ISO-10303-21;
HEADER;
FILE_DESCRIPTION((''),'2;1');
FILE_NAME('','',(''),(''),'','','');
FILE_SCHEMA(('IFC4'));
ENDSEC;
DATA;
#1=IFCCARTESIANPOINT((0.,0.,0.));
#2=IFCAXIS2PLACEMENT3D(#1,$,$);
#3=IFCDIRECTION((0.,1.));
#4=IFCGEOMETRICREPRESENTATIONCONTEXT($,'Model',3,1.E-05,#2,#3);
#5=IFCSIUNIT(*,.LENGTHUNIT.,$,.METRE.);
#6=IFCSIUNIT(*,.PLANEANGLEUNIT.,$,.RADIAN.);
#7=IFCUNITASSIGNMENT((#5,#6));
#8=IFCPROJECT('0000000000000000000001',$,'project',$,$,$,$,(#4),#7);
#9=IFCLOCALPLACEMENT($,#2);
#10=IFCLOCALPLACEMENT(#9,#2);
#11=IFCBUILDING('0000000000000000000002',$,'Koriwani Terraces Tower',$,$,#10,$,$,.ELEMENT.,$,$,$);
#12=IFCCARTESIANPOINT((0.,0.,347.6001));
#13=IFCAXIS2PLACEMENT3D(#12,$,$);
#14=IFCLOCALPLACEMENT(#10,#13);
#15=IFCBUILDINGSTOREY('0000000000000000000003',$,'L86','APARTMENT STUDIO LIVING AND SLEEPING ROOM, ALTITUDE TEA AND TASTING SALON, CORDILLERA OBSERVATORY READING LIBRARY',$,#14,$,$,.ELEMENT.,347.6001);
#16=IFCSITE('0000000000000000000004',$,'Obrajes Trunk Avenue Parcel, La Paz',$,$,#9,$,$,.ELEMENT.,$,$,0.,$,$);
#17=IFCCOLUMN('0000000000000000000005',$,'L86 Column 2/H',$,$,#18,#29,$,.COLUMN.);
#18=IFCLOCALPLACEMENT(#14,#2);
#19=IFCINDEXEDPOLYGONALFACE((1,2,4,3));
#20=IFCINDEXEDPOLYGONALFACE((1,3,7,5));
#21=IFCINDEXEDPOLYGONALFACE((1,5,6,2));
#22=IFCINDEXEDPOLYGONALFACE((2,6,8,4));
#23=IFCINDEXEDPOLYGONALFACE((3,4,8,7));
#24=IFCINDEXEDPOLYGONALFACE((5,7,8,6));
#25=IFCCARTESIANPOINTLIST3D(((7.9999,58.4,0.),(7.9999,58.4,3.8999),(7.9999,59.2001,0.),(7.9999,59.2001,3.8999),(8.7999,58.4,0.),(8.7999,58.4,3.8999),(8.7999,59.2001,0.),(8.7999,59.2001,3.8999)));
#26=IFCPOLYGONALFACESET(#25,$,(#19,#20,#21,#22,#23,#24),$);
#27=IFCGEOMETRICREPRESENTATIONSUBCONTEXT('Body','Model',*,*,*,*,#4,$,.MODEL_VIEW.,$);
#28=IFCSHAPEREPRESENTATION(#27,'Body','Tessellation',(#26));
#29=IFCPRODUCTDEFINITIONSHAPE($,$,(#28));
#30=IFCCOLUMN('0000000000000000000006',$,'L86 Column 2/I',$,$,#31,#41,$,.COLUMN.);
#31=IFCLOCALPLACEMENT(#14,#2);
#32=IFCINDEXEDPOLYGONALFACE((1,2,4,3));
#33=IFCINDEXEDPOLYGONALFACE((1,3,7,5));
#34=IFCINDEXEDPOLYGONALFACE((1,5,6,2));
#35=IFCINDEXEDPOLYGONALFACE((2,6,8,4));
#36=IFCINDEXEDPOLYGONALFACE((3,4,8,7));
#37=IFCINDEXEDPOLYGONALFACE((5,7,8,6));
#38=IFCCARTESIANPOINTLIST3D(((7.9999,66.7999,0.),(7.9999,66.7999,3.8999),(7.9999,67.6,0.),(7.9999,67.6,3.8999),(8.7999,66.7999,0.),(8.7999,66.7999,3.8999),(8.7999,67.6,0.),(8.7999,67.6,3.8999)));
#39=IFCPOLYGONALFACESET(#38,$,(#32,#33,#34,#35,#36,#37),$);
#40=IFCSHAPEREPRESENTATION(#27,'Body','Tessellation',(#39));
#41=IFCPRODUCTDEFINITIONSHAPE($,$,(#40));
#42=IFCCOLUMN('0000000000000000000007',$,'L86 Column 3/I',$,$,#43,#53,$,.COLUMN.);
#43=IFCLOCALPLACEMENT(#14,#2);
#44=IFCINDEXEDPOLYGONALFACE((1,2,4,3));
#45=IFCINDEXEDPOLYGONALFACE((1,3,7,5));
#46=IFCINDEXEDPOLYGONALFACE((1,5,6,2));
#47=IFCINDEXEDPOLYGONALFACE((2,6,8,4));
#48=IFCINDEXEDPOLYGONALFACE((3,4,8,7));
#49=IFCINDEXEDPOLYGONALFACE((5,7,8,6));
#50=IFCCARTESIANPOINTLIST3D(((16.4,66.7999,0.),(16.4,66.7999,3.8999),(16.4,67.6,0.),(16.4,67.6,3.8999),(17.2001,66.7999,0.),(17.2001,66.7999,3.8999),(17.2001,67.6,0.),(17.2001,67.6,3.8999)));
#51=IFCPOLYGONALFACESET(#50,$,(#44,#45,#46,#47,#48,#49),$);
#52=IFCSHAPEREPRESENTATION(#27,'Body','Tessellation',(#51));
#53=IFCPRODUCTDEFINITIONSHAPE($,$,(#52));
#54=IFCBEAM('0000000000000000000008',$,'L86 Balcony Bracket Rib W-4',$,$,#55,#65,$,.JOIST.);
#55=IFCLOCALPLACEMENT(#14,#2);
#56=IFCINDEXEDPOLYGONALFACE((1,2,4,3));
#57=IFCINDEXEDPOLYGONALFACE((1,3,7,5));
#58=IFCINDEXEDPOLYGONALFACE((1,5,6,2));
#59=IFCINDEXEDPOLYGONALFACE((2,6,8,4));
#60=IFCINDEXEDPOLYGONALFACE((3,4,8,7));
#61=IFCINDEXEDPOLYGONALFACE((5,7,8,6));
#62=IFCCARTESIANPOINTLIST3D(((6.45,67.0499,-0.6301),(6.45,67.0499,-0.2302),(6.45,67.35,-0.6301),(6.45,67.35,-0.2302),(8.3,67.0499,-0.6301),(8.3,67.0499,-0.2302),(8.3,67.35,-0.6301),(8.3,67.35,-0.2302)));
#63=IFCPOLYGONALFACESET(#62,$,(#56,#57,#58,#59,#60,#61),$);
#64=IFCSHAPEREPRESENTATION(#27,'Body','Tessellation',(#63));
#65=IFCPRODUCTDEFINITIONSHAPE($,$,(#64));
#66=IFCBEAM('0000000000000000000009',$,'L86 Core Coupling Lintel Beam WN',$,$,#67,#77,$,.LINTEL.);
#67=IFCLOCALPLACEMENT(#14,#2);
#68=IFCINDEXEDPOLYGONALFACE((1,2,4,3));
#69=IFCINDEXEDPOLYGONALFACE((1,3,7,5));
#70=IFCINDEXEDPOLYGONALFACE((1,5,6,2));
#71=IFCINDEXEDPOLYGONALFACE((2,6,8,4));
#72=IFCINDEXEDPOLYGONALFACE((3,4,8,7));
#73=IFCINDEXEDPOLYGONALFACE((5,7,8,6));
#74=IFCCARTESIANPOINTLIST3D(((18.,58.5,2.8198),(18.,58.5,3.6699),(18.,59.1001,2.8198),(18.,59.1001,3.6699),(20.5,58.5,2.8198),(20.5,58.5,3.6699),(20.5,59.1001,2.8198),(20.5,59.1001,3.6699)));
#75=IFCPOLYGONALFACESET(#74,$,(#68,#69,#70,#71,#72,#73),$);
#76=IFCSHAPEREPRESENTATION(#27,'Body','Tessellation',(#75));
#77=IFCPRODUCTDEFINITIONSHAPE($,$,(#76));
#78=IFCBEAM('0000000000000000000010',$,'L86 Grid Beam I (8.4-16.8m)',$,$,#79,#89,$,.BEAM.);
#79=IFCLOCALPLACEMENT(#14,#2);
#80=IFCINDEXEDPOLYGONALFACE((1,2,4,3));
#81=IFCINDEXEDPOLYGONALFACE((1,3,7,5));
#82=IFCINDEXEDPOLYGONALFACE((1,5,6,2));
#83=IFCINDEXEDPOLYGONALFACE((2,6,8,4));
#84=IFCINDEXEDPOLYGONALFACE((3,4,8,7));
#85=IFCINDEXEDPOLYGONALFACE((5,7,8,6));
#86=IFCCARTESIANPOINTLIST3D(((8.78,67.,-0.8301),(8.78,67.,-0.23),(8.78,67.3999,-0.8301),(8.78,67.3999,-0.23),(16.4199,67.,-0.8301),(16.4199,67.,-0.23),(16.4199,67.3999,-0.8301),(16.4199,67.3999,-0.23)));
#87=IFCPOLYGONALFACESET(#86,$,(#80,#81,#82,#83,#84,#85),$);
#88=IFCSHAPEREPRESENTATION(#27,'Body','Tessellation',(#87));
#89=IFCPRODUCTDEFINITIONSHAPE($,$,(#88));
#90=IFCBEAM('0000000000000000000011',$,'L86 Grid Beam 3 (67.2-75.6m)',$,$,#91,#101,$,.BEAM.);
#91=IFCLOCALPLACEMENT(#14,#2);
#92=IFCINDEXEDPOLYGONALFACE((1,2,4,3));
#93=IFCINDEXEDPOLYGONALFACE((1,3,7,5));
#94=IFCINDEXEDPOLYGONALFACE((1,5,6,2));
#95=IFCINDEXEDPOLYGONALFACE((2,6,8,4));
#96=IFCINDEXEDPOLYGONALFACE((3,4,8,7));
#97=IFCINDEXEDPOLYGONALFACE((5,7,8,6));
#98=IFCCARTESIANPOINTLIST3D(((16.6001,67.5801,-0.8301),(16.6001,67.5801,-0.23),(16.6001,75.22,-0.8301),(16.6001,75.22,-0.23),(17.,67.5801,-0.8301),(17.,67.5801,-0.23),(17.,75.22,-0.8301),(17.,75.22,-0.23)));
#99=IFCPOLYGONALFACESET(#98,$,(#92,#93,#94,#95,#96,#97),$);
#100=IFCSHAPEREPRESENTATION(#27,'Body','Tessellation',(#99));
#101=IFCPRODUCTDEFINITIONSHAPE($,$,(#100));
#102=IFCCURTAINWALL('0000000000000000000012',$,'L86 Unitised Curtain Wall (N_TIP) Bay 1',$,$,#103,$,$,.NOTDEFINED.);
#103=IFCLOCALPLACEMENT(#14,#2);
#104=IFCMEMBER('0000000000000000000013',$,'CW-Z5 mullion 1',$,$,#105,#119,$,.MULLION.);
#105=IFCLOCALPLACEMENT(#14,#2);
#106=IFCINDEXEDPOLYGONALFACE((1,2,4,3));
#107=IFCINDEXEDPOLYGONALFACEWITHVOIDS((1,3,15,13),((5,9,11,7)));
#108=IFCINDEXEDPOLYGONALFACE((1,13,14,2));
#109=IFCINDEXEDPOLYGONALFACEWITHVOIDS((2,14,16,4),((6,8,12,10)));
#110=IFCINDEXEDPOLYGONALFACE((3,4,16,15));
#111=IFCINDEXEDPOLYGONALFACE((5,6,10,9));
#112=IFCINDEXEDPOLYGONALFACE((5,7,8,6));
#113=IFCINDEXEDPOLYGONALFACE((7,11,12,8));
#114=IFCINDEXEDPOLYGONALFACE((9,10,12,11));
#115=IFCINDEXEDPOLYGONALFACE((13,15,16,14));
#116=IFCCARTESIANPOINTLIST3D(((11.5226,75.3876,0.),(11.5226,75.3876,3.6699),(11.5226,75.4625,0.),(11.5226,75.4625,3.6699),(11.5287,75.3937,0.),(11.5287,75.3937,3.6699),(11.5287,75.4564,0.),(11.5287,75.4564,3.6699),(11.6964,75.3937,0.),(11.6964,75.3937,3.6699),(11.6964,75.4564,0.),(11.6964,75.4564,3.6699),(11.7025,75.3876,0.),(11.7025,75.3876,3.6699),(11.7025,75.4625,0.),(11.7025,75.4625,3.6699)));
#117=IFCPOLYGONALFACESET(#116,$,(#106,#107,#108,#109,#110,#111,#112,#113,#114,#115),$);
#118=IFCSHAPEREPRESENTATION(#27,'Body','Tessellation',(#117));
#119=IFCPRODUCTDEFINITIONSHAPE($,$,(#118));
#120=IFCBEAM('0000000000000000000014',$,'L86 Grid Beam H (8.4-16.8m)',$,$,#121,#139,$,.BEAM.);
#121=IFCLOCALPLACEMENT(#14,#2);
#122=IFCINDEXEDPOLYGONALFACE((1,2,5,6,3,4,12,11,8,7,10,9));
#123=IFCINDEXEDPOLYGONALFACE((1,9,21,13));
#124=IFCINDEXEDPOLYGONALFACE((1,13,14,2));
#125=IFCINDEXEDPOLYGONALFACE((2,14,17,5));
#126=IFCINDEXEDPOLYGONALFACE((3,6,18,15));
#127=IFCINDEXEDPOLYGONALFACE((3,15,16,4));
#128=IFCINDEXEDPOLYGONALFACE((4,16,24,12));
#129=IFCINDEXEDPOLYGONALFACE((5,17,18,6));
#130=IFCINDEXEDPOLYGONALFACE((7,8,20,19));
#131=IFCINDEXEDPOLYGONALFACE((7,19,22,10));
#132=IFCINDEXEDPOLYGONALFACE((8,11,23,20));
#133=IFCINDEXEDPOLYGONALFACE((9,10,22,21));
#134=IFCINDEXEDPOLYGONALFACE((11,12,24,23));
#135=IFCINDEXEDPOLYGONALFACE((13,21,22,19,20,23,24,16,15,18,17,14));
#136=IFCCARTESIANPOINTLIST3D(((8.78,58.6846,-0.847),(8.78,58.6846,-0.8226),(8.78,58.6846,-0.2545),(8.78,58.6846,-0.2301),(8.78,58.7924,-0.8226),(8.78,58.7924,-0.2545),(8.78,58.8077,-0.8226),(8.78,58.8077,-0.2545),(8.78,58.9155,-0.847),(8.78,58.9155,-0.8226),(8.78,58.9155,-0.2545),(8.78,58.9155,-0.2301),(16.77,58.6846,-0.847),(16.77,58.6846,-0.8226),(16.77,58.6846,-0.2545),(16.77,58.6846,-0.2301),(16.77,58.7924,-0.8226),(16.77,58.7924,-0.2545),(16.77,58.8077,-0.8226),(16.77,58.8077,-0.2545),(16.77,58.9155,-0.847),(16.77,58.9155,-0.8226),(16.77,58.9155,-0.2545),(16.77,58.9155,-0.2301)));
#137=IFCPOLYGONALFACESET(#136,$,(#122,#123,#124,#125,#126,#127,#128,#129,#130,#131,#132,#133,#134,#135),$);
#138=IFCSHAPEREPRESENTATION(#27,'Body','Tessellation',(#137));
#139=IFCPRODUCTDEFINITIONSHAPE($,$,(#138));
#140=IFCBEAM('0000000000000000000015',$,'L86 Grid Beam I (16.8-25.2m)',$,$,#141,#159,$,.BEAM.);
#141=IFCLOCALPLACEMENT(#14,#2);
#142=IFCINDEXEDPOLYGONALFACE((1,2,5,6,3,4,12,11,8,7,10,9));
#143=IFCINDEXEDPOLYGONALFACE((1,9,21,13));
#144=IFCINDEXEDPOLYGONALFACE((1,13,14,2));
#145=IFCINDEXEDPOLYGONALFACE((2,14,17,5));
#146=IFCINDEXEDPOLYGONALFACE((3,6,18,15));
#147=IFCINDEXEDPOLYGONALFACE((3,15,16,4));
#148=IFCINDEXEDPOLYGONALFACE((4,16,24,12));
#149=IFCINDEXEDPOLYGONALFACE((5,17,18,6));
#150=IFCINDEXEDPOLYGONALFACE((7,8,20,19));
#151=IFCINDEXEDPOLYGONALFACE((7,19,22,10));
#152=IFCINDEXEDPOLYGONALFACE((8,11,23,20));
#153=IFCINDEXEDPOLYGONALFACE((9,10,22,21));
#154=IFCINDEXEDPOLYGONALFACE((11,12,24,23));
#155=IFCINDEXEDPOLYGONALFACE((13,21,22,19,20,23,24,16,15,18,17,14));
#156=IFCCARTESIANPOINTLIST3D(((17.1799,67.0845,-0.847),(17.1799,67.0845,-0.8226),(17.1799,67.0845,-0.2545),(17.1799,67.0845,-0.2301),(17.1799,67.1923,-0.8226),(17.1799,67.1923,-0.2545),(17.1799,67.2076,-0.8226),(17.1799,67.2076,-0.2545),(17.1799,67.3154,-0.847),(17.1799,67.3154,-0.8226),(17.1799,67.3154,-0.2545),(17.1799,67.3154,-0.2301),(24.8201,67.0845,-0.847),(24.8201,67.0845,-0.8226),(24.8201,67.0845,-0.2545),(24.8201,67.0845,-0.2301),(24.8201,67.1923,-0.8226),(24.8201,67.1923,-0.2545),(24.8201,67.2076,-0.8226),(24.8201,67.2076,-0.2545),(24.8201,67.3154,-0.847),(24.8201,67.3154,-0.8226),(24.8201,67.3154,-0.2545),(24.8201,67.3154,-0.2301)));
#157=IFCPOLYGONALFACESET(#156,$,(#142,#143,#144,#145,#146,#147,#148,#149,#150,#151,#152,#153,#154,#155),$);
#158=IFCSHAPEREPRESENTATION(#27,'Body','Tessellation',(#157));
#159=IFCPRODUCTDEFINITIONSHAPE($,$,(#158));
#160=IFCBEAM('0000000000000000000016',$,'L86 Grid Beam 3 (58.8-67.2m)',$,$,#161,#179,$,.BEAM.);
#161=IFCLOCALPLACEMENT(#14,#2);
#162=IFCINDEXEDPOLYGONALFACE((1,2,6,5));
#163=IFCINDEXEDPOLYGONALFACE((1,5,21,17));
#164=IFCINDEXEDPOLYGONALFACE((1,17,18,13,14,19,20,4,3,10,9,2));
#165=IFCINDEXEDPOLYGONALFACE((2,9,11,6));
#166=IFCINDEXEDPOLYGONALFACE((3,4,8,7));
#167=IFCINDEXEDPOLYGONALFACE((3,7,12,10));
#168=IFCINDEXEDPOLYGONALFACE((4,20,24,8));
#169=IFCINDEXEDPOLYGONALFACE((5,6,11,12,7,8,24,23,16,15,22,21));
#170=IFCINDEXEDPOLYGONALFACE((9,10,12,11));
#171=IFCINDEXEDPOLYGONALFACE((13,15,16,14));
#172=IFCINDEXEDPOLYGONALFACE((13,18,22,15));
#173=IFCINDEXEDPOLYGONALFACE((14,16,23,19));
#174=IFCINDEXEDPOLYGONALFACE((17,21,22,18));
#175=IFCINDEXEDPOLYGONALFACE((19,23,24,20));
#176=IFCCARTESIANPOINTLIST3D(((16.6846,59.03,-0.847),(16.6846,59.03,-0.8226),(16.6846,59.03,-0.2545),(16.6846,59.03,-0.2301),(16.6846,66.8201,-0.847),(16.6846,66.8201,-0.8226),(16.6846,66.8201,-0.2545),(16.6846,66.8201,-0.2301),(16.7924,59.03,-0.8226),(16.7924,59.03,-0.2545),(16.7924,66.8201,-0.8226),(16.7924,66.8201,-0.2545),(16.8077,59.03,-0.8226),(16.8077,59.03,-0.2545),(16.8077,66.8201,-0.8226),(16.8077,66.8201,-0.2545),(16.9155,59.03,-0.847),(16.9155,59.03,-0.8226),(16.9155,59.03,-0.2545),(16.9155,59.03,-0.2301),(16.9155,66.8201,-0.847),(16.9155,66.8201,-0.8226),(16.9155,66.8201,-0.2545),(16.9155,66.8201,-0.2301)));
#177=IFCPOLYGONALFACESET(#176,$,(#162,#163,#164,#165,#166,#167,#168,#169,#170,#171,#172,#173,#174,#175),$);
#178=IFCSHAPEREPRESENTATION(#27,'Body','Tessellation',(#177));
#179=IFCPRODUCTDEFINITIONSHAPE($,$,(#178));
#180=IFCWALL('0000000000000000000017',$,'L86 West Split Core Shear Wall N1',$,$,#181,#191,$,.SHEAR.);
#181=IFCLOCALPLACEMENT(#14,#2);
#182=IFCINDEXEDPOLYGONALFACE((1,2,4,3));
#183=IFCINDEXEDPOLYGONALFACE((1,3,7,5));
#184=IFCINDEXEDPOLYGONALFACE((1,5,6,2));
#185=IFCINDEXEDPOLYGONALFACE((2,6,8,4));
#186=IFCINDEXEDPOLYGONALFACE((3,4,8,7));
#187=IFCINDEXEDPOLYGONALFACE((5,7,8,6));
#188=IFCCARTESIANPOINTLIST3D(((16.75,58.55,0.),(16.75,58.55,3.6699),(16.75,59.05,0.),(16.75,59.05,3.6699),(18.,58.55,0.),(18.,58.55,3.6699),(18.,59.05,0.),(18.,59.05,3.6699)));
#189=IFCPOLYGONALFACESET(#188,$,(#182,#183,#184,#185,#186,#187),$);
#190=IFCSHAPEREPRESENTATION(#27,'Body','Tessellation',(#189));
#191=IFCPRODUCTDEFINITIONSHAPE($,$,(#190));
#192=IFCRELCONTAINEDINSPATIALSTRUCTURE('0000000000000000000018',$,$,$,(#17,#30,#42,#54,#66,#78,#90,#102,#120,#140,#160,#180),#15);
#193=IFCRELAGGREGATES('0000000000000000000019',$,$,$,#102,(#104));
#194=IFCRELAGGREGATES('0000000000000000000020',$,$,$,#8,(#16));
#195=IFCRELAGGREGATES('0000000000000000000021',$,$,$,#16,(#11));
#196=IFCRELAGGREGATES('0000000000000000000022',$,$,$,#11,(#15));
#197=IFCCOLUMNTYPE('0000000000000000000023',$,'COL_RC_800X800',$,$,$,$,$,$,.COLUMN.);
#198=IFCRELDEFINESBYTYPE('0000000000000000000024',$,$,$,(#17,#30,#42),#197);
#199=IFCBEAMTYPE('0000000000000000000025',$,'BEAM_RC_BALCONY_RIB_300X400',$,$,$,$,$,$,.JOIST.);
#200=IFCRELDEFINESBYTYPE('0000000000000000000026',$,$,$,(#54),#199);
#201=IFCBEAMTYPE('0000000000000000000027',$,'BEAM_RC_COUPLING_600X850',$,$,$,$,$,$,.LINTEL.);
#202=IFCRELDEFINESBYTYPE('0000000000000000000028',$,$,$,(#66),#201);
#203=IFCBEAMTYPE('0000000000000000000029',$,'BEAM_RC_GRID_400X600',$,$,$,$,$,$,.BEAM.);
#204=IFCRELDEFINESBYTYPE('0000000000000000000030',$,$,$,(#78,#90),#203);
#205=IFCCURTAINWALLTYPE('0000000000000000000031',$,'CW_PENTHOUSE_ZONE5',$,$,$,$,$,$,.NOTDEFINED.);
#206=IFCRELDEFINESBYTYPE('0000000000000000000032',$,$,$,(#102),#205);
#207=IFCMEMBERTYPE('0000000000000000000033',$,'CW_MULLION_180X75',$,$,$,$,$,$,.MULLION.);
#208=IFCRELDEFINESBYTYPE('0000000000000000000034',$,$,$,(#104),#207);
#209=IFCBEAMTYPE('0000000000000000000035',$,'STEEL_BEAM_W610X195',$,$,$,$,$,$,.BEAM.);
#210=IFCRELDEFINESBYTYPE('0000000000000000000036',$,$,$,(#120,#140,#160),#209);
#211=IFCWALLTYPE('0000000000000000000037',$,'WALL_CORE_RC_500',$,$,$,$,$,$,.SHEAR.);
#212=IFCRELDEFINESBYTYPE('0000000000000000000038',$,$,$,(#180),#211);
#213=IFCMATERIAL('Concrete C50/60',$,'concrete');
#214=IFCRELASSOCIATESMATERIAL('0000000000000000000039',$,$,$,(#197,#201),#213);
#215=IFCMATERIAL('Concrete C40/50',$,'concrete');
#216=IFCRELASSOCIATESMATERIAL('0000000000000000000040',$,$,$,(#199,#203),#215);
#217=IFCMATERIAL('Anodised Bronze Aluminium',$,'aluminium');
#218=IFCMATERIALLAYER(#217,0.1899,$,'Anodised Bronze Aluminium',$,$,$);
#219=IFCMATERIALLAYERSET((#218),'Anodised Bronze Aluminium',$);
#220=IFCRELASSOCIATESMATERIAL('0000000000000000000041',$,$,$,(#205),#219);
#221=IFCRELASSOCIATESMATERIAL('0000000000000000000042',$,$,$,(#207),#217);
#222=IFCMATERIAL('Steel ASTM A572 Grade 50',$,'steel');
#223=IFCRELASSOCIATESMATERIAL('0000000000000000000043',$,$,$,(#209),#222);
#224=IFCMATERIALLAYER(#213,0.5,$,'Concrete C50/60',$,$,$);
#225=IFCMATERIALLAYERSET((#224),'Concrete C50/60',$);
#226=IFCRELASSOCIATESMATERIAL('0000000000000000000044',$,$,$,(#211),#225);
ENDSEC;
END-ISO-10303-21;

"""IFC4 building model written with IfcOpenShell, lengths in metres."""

from ifc_helpers import new_model, si_unit, direction, frame, frame_2d, origin, origin_2d, place, context, subcontext, project, spatial, rectangle, hollow_rectangle, i_section, extrude, material, layer, layer_set, material_profile, profile_set, type_object, element, aggregate, save


model = new_model("IFC4")

# Units and contexts
model_context = context("Model", 3, precision=1e-05, world=origin(), true_north=direction((0.0, 1.0)))
body_context = subcontext(model_context, "Body", "Model", "MODEL_VIEW")
ifc_project = project(units=[si_unit("LENGTHUNIT", "METRE"), si_unit("PLANEANGLEUNIT", "RADIAN")], contexts=[model_context])

# Site, building, storey
site_placement = place(None, origin())
site = spatial("IfcSite", under=ifc_project, at=site_placement, Name="Obrajes Trunk Avenue Parcel, La Paz", CompositionType="ELEMENT", RefElevation=0.0)
building_placement = place(site_placement, origin())
building = spatial("IfcBuilding", under=site, at=building_placement, Name="Koriwani Terraces Tower", CompositionType="ELEMENT")
storey_placement = place(building_placement, frame((0.0, 0.0, 347.6001)))
storey = spatial("IfcBuildingStorey", under=building, at=storey_placement, Name="L86", Description="APARTMENT STUDIO LIVING AND SLEEPING ROOM, ALTITUDE TEA AND TASTING SALON, CORDILLERA OBSERVATORY READING LIBRARY", CompositionType="ELEMENT", Elevation=347.6001)

# Columns
ifc_material_1 = material(Name="Concrete C50/60", Category="concrete")
ifc_material_profile_1 = material_profile(ifc_material_1, rectangle(XDim=0.8, YDim=0.8, at=origin_2d()), Name="Concrete C50/60", Category="LoadBearing")
ifc_profile_set_1 = profile_set([ifc_material_profile_1], Name="Concrete C50/60")
column_type = type_object("IfcColumnType", Name="COL_RC_800X800", PredefinedType="COLUMN", material=ifc_profile_set_1)
for number, where, z_axis, x_axis, name in (
    (1, (8.3999, 58.8, 0.0), (0.0, 0.0, 1.0), (1.0, 0.0, 0.0), "L86 Column 2/H"),
    (2, (8.3999, 67.2, 0.0), (0.0, 0.0, 1.0), (1.0, 0.0, 0.0), "L86 Column 2/I"),
    (3, (16.8, 67.2, 0.0), (0.0, 0.0, 1.0), (1.0, 0.0, 0.0), "L86 Column 3/I"),
):
    element("IfcColumn", number, at=place(storey_placement, frame(where, z_axis=z_axis, x_axis=x_axis)), inside=storey, type_object=column_type, Name=name, PredefinedType="COLUMN", context=body_context, shape_type="SweptSolid", body=[
        extrude(rectangle(XDim=0.8, YDim=0.8, at=origin_2d()), origin(), (0.0, 0.0, 1.0), 3.8999),
    ])

# Beams
ifc_material_2 = material(Name="Concrete C40/50", Category="concrete")
ifc_material_profile_2 = material_profile(ifc_material_2, rectangle(XDim=0.3, YDim=0.3999, at=origin_2d()), Name="Concrete C40/50", Category="LoadBearing")
ifc_profile_set_2 = profile_set([ifc_material_profile_2], Name="Concrete C40/50")
beam_type_1 = type_object("IfcBeamType", Name="BEAM_RC_BALCONY_RIB_300X400", PredefinedType="JOIST", material=ifc_profile_set_2)
beam_1_placement = place(storey_placement, frame((6.45, 67.2, -0.4302), z_axis=(1.0, 0.0, 0.0), x_axis=(0.0, 1.0, 0.0)))
element("IfcBeam", 4, at=beam_1_placement, inside=storey, type_object=beam_type_1, Name="L86 Balcony Bracket Rib W-4", PredefinedType="JOIST", context=body_context, shape_type="SweptSolid", body=[
    extrude(rectangle(XDim=0.3, YDim=0.3999, at=origin_2d()), origin(), (0.0, 0.0, 1.0), 1.8501),
])
ifc_material_profile_3 = material_profile(ifc_material_1, rectangle(XDim=0.6001, YDim=0.8501, at=origin_2d()), Name="Concrete C50/60", Category="LoadBearing")
ifc_profile_set_3 = profile_set([ifc_material_profile_3], Name="Concrete C50/60")
beam_type_2 = type_object("IfcBeamType", Name="BEAM_RC_COUPLING_600X850", PredefinedType="LINTEL", material=ifc_profile_set_3)
beam_2_placement = place(storey_placement, frame((18.0, 58.8, 3.2449), z_axis=(1.0, 0.0, 0.0), x_axis=(0.0, 1.0, 0.0)))
element("IfcBeam", 5, at=beam_2_placement, inside=storey, type_object=beam_type_2, Name="L86 Core Coupling Lintel Beam WN", PredefinedType="LINTEL", context=body_context, shape_type="SweptSolid", body=[
    extrude(rectangle(XDim=0.6001, YDim=0.8501, at=origin_2d()), origin(), (0.0, 0.0, 1.0), 2.5),
])
ifc_material_profile_4 = material_profile(ifc_material_2, rectangle(XDim=0.3999, YDim=0.6001, at=origin_2d()), Name="Concrete C40/50", Category="LoadBearing")
ifc_profile_set_4 = profile_set([ifc_material_profile_4], Name="Concrete C40/50")
beam_type_3 = type_object("IfcBeamType", Name="BEAM_RC_GRID_400X600", PredefinedType="BEAM", material=ifc_profile_set_4)
for number, where, z_axis, x_axis, name in (
    (6, (8.78, 67.2, -0.53), (1.0, 0.0, 0.0), (0.0, 1.0, 0.0), "L86 Grid Beam I (8.4-16.8m)"),
    (7, (16.8, 67.5801, -0.53), (0.0, 1.0, 0.0), (-1.0, 0.0, 0.0), "L86 Grid Beam 3 (67.2-75.6m)"),
):
    element("IfcBeam", number, at=place(storey_placement, frame(where, z_axis=z_axis, x_axis=x_axis)), inside=storey, type_object=beam_type_3, Name=name, PredefinedType="BEAM", context=body_context, shape_type="SweptSolid", body=[
        extrude(rectangle(XDim=0.3999, YDim=0.6001, at=origin_2d()), origin(), (0.0, 0.0, 1.0), 7.6399),
    ])

# Curtain wall, member
ifc_material_3 = material(Name="Anodised Bronze Aluminium", Category="aluminium")
ifc_layer_1 = layer(ifc_material_3, 0.1899, Name="Anodised Bronze Aluminium")
ifc_layer_set_1 = layer_set([ifc_layer_1], Name="Anodised Bronze Aluminium")
curtain_wall_type = type_object("IfcCurtainWallType", Name="CW_PENTHOUSE_ZONE5", PredefinedType="NOTDEFINED", material=ifc_layer_set_1)
curtain_wall_placement = place(storey_placement, origin())
curtain_wall = element("IfcCurtainWall", 8, at=curtain_wall_placement, inside=storey, type_object=curtain_wall_type, Name="L86 Unitised Curtain Wall (N_TIP) Bay 1", PredefinedType="NOTDEFINED")
ifc_material_profile_5 = material_profile(ifc_material_3, hollow_rectangle(XDim=0.075, YDim=0.1799, WallThickness=0.0061, at=origin_2d()), Name="Anodised Bronze Aluminium", Category="LoadBearing")
ifc_profile_set_5 = profile_set([ifc_material_profile_5], Name="Anodised Bronze Aluminium")
member_type = type_object("IfcMemberType", Name="CW_MULLION_180X75", PredefinedType="MULLION", material=ifc_profile_set_5)
member_placement = place(storey_placement, frame((11.6125, 75.425, 0.0), z_axis=(0.0, 0.0, 1.0), x_axis=(0.0, 1.0, 0.0)))
member = element("IfcMember", 9, at=member_placement, type_object=member_type, Name="CW-Z5 mullion 1", PredefinedType="MULLION", context=body_context, shape_type="SweptSolid", body=[
    extrude(hollow_rectangle(XDim=0.075, YDim=0.1799, WallThickness=0.0061, at=origin_2d()), origin(), (0.0, 0.0, 1.0), 3.6699),
])
aggregate(curtain_wall, [member])

# Beams
ifc_material_4 = material(Name="Steel ASTM A572 Grade 50", Category="steel")
ifc_material_profile_6 = material_profile(ifc_material_4, i_section(OverallWidth=0.231, OverallDepth=0.6169, WebThickness=0.0154, FlangeThickness=0.0244, at=origin_2d()), Name="Steel ASTM A572 Grade 50", Category="LoadBearing")
ifc_profile_set_6 = profile_set([ifc_material_profile_6], Name="Steel ASTM A572 Grade 50")
beam_type_4 = type_object("IfcBeamType", Name="STEEL_BEAM_W610X195", PredefinedType="BEAM", material=ifc_profile_set_6)
beam_3_placement = place(storey_placement, frame((8.78, 58.8, -0.5386), z_axis=(1.0, 0.0, 0.0), x_axis=(0.0, 1.0, 0.0)))
element("IfcBeam", 10, at=beam_3_placement, inside=storey, type_object=beam_type_4, Name="L86 Grid Beam H (8.4-16.8m)", PredefinedType="BEAM", context=body_context, shape_type="SweptSolid", body=[
    extrude(i_section(OverallWidth=0.231, OverallDepth=0.6169, WebThickness=0.0154, FlangeThickness=0.0244, at=origin_2d()), origin(), (0.0, 0.0, 1.0), 7.99),
])
beam_4_placement = place(storey_placement, frame((17.1799, 67.2, -0.5386), z_axis=(1.0, 0.0, 0.0), x_axis=(0.0, 1.0, 0.0)))
element("IfcBeam", 11, at=beam_4_placement, inside=storey, type_object=beam_type_4, Name="L86 Grid Beam I (16.8-25.2m)", PredefinedType="BEAM", context=body_context, shape_type="SweptSolid", body=[
    extrude(i_section(OverallWidth=0.231, OverallDepth=0.6169, WebThickness=0.0154, FlangeThickness=0.0244, at=origin_2d()), origin(), (0.0, 0.0, 1.0), 7.6401),
])
beam_5_placement = place(storey_placement, frame((16.8, 59.03, -0.5386), z_axis=(0.0, 1.0, 0.0), x_axis=(-1.0, 0.0, 0.0)))
element("IfcBeam", 12, at=beam_5_placement, inside=storey, type_object=beam_type_4, Name="L86 Grid Beam 3 (58.8-67.2m)", PredefinedType="BEAM", context=body_context, shape_type="SweptSolid", body=[
    extrude(i_section(OverallWidth=0.231, OverallDepth=0.6169, WebThickness=0.0154, FlangeThickness=0.0244, at=origin_2d()), origin(), (0.0, 0.0, 1.0), 7.79),
])

# Wall
ifc_layer_2 = layer(ifc_material_1, 0.5, Name="Concrete C50/60")
ifc_layer_set_2 = layer_set([ifc_layer_2], Name="Concrete C50/60")
wall_type_1 = type_object("IfcWallType", Name="WALL_CORE_RC_500", PredefinedType="SHEAR", material=ifc_layer_set_2)
wall_1_placement = place(storey_placement, frame((16.75, 58.8, 0.0), z_axis=(0.0, 0.0, 1.0), x_axis=(1.0, 0.0, 0.0)))
element("IfcWall", 13, at=wall_1_placement, inside=storey, type_object=wall_type_1, Name="L86 West Split Core Shear Wall N1", PredefinedType="SHEAR", context=body_context, shape_type="SweptSolid", body=[
    extrude(rectangle(XDim=1.25, YDim=0.5, at=frame_2d((0.625, 0.0))), origin(), (0.0, 0.0, 1.0), 3.6699),
])

save(model, "model.ifc")
